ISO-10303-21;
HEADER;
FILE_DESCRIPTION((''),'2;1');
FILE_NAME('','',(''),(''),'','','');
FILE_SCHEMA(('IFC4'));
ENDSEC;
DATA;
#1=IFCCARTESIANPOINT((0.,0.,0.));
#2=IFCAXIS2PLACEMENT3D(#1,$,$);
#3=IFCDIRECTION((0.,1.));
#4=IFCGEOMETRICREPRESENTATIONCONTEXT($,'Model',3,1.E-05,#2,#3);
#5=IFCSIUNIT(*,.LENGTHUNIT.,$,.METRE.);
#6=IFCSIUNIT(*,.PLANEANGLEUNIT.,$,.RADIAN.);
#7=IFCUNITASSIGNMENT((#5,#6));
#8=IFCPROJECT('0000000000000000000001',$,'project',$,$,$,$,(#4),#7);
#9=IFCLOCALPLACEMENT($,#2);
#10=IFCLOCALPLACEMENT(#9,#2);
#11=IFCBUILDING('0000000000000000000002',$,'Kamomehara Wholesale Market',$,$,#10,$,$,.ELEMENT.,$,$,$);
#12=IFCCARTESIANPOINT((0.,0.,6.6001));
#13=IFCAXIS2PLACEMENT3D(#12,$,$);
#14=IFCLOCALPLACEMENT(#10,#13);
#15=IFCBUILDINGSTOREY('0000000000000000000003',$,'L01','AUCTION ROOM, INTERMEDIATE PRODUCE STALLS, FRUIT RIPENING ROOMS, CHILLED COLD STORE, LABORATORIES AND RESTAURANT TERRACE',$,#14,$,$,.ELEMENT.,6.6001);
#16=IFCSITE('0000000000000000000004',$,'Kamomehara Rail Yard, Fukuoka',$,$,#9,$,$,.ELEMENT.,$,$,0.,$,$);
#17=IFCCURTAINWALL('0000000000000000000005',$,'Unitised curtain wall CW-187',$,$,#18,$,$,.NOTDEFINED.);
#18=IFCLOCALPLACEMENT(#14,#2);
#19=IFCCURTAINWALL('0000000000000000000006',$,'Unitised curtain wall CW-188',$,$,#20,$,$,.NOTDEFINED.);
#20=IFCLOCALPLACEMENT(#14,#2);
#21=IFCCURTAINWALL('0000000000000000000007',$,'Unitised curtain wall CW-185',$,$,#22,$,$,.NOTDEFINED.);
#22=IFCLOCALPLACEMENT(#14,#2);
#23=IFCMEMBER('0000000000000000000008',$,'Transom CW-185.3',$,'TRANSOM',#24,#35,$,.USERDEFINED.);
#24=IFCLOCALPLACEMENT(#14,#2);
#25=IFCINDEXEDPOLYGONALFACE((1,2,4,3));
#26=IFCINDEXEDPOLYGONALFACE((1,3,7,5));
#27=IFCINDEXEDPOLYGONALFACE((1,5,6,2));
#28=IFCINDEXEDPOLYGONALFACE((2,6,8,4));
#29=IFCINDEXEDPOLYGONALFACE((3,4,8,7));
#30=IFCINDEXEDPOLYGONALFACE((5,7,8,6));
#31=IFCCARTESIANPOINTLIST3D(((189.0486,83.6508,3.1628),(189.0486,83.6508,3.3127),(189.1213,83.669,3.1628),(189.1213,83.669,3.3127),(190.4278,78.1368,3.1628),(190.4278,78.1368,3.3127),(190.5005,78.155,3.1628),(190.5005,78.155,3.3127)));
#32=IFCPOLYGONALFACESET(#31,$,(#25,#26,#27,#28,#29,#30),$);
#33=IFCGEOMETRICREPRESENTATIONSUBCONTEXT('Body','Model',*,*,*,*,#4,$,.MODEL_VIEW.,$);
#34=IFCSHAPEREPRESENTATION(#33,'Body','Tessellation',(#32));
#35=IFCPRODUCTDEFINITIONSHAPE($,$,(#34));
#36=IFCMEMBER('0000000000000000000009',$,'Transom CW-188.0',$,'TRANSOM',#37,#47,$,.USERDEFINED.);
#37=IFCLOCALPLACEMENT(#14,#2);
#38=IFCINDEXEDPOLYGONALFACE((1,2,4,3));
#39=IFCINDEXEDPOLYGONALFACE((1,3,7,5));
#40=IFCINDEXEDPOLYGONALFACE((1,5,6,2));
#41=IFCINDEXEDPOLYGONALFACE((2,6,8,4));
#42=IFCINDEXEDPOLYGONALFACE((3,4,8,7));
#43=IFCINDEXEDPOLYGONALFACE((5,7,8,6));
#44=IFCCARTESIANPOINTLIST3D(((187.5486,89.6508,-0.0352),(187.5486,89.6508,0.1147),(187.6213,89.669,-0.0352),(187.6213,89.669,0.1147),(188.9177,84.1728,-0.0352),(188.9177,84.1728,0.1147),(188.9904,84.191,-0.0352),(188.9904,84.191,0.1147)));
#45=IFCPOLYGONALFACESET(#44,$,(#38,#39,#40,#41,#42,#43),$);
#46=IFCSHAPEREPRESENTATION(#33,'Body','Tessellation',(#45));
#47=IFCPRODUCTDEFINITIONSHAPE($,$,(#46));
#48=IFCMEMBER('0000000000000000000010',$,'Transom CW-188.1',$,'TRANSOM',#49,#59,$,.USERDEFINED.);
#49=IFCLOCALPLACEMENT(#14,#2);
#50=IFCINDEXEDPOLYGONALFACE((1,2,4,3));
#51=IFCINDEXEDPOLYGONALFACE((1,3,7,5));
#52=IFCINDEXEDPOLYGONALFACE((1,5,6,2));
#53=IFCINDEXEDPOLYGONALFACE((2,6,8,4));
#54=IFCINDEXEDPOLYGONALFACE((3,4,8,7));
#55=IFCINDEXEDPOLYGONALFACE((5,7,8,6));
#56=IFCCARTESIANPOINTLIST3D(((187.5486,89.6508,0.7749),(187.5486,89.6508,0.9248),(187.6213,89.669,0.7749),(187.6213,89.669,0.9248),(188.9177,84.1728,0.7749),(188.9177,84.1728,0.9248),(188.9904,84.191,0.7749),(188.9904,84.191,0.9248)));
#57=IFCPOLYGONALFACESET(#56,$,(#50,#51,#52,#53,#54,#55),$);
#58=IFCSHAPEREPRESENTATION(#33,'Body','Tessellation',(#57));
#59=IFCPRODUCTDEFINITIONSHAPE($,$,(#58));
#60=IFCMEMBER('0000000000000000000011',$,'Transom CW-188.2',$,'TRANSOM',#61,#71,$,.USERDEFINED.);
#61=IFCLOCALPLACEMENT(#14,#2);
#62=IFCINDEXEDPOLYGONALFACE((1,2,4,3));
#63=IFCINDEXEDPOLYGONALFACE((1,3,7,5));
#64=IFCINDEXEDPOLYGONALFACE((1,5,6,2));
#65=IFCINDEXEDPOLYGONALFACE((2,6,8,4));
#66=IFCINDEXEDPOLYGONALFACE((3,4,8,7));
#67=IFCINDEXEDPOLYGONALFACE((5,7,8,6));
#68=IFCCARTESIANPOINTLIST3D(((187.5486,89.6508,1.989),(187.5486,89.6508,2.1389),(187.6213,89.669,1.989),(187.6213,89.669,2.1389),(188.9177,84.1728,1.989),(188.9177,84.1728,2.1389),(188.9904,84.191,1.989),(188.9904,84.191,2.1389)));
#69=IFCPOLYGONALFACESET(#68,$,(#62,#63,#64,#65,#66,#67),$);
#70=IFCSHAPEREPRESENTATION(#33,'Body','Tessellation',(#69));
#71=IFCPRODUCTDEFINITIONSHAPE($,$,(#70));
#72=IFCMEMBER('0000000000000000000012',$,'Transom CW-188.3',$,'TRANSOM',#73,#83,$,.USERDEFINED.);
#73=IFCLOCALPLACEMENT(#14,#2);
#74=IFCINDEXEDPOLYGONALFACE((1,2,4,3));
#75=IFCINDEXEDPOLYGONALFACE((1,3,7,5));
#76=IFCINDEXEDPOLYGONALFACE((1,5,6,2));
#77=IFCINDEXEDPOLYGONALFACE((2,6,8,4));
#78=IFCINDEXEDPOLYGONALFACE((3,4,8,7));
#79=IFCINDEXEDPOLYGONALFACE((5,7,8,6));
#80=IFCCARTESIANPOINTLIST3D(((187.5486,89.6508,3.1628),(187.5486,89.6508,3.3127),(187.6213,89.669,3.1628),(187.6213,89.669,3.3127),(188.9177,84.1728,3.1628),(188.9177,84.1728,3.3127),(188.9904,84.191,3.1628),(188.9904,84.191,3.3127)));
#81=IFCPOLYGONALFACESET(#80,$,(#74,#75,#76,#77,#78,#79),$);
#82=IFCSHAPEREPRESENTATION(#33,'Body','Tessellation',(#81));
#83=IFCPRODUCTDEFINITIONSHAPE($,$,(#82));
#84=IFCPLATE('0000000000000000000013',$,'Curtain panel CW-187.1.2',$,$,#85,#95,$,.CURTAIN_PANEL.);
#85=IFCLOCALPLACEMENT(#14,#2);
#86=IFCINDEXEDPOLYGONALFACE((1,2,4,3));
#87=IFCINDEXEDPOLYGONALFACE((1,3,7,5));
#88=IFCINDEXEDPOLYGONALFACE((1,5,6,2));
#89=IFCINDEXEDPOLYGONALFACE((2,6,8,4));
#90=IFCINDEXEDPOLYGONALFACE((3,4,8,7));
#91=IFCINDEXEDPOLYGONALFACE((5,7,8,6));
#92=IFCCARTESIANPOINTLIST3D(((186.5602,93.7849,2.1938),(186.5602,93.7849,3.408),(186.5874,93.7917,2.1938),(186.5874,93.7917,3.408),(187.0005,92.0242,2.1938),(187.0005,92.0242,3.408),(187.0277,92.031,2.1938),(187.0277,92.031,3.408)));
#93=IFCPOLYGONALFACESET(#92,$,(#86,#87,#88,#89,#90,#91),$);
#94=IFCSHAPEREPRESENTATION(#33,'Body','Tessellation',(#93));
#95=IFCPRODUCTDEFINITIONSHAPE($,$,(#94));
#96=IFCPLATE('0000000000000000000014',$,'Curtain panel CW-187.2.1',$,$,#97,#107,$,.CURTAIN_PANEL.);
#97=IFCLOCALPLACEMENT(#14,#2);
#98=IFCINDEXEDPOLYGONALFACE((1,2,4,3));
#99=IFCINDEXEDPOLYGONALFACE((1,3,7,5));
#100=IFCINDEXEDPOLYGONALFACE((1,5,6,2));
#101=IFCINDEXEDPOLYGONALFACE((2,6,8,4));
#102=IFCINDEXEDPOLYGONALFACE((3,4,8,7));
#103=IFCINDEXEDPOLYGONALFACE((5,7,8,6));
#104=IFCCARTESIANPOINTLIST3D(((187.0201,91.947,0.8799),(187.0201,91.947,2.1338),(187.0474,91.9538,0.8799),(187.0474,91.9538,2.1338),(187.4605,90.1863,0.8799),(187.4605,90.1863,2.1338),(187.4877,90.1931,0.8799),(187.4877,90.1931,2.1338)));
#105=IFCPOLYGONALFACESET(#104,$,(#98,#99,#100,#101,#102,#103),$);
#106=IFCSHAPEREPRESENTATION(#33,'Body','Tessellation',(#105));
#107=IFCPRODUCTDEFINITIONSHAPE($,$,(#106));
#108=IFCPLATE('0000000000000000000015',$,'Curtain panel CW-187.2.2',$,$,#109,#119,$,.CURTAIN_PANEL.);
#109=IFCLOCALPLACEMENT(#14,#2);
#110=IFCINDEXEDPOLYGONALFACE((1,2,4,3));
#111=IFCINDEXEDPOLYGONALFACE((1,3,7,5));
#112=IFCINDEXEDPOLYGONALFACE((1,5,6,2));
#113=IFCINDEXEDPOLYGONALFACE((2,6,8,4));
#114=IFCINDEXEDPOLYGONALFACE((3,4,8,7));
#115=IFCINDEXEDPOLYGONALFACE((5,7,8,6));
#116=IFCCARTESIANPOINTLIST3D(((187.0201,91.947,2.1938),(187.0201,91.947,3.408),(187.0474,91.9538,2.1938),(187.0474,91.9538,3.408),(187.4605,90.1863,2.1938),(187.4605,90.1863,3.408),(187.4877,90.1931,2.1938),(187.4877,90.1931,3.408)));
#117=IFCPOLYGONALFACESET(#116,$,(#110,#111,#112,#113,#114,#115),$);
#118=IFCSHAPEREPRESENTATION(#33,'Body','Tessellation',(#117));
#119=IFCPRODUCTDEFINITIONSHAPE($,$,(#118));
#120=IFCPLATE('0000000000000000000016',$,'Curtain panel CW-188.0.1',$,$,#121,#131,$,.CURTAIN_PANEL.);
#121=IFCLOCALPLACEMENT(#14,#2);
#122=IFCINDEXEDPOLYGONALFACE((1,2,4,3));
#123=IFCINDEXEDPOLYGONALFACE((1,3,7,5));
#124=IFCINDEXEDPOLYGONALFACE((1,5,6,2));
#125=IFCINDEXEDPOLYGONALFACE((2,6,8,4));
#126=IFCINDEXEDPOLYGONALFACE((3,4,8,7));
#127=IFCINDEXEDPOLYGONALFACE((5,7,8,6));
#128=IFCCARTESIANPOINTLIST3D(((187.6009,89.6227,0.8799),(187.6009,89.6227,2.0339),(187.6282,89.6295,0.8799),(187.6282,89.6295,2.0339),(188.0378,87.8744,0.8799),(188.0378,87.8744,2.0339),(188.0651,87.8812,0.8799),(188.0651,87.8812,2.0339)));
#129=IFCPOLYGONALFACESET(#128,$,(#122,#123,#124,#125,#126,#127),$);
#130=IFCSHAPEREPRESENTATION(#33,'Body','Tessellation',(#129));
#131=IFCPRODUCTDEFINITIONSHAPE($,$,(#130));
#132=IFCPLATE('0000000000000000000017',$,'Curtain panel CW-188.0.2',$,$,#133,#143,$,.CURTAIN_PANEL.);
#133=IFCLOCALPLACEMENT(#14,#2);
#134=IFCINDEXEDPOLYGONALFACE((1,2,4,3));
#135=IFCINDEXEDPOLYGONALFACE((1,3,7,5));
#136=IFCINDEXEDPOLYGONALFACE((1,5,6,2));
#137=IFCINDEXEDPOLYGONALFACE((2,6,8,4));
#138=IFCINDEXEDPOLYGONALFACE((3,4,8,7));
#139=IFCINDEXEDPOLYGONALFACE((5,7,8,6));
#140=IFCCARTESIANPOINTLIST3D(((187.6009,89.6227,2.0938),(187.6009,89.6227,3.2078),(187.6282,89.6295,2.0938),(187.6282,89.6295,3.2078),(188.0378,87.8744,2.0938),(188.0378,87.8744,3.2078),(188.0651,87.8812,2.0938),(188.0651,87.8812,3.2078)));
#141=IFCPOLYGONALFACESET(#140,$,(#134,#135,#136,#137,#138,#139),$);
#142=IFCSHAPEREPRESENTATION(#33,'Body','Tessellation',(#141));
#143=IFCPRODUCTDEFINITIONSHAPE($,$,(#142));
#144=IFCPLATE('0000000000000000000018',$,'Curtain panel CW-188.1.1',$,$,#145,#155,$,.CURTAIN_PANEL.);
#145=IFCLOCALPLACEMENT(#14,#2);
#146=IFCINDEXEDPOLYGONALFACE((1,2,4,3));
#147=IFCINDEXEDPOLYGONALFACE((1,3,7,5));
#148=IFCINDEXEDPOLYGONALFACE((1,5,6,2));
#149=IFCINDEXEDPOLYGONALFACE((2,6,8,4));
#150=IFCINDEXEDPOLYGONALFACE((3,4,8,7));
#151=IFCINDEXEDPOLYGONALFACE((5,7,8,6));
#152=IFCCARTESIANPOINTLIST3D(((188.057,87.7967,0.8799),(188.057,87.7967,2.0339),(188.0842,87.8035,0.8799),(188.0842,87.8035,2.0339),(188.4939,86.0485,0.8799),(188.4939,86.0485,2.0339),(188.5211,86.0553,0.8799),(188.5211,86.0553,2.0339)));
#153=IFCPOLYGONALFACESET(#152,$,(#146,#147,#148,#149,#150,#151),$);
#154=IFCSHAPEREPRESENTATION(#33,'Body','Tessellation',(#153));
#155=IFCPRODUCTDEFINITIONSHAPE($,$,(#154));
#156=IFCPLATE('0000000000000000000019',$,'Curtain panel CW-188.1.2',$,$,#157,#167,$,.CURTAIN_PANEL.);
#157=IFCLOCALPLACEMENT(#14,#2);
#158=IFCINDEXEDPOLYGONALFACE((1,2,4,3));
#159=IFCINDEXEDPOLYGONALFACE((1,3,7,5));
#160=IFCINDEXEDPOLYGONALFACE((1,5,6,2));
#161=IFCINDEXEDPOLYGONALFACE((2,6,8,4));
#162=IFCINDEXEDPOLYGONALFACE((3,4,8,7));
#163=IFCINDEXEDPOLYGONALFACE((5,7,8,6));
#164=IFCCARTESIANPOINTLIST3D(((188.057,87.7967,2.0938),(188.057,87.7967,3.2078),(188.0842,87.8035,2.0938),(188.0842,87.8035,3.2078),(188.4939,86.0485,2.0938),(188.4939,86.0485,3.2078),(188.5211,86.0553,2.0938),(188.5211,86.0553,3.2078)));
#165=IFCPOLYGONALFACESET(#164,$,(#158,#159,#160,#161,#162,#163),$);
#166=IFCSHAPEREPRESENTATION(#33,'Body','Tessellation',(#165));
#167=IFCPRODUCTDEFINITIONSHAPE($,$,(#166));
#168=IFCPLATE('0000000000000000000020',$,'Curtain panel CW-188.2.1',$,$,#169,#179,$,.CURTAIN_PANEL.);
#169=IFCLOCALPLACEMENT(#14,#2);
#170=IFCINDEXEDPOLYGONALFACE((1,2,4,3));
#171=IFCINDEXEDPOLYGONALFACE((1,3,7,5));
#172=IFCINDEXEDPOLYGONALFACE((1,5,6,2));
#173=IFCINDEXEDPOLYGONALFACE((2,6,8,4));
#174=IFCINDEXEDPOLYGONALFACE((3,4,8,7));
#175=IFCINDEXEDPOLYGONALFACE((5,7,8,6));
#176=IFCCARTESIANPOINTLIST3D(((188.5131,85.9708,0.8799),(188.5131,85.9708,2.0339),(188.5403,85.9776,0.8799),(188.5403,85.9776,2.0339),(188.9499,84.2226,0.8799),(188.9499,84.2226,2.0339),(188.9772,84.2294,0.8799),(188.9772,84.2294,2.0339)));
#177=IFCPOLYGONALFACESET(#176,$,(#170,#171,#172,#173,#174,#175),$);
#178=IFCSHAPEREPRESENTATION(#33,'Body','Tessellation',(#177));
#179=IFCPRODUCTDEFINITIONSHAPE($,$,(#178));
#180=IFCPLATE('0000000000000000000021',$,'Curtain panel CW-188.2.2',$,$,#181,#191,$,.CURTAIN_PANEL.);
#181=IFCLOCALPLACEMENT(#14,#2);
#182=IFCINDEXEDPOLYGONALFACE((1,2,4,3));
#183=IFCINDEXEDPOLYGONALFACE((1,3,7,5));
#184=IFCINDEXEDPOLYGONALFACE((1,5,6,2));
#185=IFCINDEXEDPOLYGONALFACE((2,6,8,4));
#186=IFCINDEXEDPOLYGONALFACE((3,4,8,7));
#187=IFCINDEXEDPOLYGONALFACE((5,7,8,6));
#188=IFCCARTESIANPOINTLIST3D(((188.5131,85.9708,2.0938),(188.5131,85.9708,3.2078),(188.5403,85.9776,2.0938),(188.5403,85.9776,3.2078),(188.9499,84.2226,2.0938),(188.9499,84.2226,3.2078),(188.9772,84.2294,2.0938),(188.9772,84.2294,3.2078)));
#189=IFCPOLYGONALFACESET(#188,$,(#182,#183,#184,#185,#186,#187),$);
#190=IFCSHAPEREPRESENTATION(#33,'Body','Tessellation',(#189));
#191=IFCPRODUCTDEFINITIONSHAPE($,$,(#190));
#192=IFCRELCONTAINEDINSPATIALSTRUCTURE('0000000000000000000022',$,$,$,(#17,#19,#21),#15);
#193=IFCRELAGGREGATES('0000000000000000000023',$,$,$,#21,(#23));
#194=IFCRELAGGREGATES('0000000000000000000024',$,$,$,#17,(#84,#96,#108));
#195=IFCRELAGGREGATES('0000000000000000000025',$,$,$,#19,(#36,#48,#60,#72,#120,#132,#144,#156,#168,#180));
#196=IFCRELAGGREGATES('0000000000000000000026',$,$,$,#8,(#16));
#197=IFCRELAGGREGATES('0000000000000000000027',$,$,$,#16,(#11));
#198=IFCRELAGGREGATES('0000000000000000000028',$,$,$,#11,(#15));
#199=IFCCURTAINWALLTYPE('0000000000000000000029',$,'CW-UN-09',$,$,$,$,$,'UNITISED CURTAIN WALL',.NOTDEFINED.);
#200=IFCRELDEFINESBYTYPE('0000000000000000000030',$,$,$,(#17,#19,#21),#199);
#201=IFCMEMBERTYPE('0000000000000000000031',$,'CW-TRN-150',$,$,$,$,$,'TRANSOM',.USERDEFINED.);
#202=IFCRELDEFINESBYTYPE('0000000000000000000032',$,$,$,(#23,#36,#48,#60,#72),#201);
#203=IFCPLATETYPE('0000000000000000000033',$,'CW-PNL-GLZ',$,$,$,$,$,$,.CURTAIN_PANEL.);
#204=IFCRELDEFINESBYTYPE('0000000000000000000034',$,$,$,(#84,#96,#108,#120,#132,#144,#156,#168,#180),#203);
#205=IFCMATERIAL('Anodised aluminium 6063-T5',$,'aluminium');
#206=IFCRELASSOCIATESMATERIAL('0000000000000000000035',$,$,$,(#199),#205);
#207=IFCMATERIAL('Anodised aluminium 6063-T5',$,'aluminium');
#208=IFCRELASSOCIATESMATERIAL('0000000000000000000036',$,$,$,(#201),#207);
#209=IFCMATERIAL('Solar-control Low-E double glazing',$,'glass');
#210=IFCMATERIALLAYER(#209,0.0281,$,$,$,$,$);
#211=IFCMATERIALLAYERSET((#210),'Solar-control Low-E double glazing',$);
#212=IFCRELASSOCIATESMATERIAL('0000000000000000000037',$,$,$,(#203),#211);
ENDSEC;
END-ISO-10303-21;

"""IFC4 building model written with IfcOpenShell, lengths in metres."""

from ifc_helpers import new_model, si_unit, direction, frame, origin, origin_2d, place, context, subcontext, project, spatial, rectangle, extrude, material, layer, layer_set, material_profile, profile_set, type_object, element, aggregate, save


model = new_model("IFC4")

# Units and contexts
model_context = context("Model", 3, precision=1e-05, world=origin(), true_north=direction((0.0, 1.0)))
body_context = subcontext(model_context, "Body", "Model", "MODEL_VIEW")
ifc_project = project(units=[si_unit("LENGTHUNIT", "METRE"), si_unit("PLANEANGLEUNIT", "RADIAN")], contexts=[model_context])

# Site, building, storey
site_placement = place(None, origin())
site = spatial("IfcSite", under=ifc_project, at=site_placement, Name="Kamomehara Rail Yard, Fukuoka", CompositionType="ELEMENT", RefElevation=0.0)
building_placement = place(site_placement, origin())
building = spatial("IfcBuilding", under=site, at=building_placement, Name="Kamomehara Wholesale Market", CompositionType="ELEMENT")
storey_placement = place(building_placement, frame((0.0, 0.0, 6.6001)))
storey = spatial("IfcBuildingStorey", under=building, at=storey_placement, Name="L01", Description="AUCTION ROOM, INTERMEDIATE PRODUCE STALLS, FRUIT RIPENING ROOMS, CHILLED COLD STORE, LABORATORIES AND RESTAURANT TERRACE", CompositionType="ELEMENT", Elevation=6.6001)

# Curtain walls
ifc_material_1 = material(Name="Anodised aluminium 6063-T5", Category="aluminium")
curtain_wall_type = type_object("IfcCurtainWallType", Name="CW-UN-09", ElementType="UNITISED CURTAIN WALL", PredefinedType="NOTDEFINED", material=ifc_material_1)
curtain_wall_1_placement = place(storey_placement, origin())
curtain_wall_1 = element("IfcCurtainWall", 1, at=curtain_wall_1_placement, inside=storey, type_object=curtain_wall_type, Name="Unitised curtain wall CW-187", PredefinedType="NOTDEFINED")
curtain_wall_2_placement = place(storey_placement, origin())
curtain_wall_2 = element("IfcCurtainWall", 2, at=curtain_wall_2_placement, inside=storey, type_object=curtain_wall_type, Name="Unitised curtain wall CW-188", PredefinedType="NOTDEFINED")

# Curtain wall, member
curtain_wall_3_placement = place(storey_placement, origin())
curtain_wall_3 = element("IfcCurtainWall", 3, at=curtain_wall_3_placement, inside=storey, type_object=curtain_wall_type, Name="Unitised curtain wall CW-185", PredefinedType="NOTDEFINED")
ifc_material_2 = material(Name="Anodised aluminium 6063-T5", Category="aluminium")
ifc_material_profile_1 = material_profile(ifc_material_2, rectangle(XDim=0.075, YDim=0.1499, at=origin_2d()), Name="ALU-TRN-75x150")
ifc_profile_set_1 = profile_set([ifc_material_profile_1], Name="Anodised aluminium 6063-T5")
member_type_1 = type_object("IfcMemberType", Name="CW-TRN-150", ElementType="TRANSOM", PredefinedType="USERDEFINED", material=ifc_profile_set_1)
member_1_placement = place(storey_placement, frame((189.085, 83.6599, 3.2378), z_axis=(0.242647, -0.970115, 0.0), x_axis=(0.970115, 0.242647, 0.0)))
member_1 = element("IfcMember", 4, at=member_1_placement, type_object=member_type_1, Name="Transom CW-185.3", ObjectType="TRANSOM", PredefinedType="USERDEFINED", context=body_context, shape_type="SweptSolid", body=[
    extrude(rectangle(XDim=0.075, YDim=0.1499, at=origin_2d()), origin(), (0.0, 0.0, 1.0), 5.6838),
])
aggregate(curtain_wall_3, [member_1])

# Members
member_2_placement = place(storey_placement, frame((187.585, 89.6599, 0.0398), z_axis=(0.242475, -0.970158, 0.0), x_axis=(0.970158, 0.242475, 0.0)))
member_2 = element("IfcMember", 5, at=member_2_placement, type_object=member_type_1, Name="Transom CW-188.0", ObjectType="TRANSOM", PredefinedType="USERDEFINED", context=body_context, shape_type="SweptSolid", body=[
    extrude(rectangle(XDim=0.075, YDim=0.1499, at=origin_2d()), origin(), (0.0, 0.0, 1.0), 5.6465),
])
member_3_placement = place(storey_placement, frame((187.585, 89.6599, 0.8499), z_axis=(0.242475, -0.970158, 0.0), x_axis=(0.970158, 0.242475, 0.0)))
member_3 = element("IfcMember", 6, at=member_3_placement, type_object=member_type_1, Name="Transom CW-188.1", ObjectType="TRANSOM", PredefinedType="USERDEFINED", context=body_context, shape_type="SweptSolid", body=[
    extrude(rectangle(XDim=0.075, YDim=0.1499, at=origin_2d()), origin(), (0.0, 0.0, 1.0), 5.6465),
])
member_4_placement = place(storey_placement, frame((187.585, 89.6599, 2.064), z_axis=(0.242475, -0.970158, 0.0), x_axis=(0.970158, 0.242475, 0.0)))
member_4 = element("IfcMember", 7, at=member_4_placement, type_object=member_type_1, Name="Transom CW-188.2", ObjectType="TRANSOM", PredefinedType="USERDEFINED", context=body_context, shape_type="SweptSolid", body=[
    extrude(rectangle(XDim=0.075, YDim=0.1499, at=origin_2d()), origin(), (0.0, 0.0, 1.0), 5.6465),
])
member_5_placement = place(storey_placement, frame((187.585, 89.6599, 3.2378), z_axis=(0.242475, -0.970158, 0.0), x_axis=(0.970158, 0.242475, 0.0)))
member_5 = element("IfcMember", 8, at=member_5_placement, type_object=member_type_1, Name="Transom CW-188.3", ObjectType="TRANSOM", PredefinedType="USERDEFINED", context=body_context, shape_type="SweptSolid", body=[
    extrude(rectangle(XDim=0.075, YDim=0.1499, at=origin_2d()), origin(), (0.0, 0.0, 1.0), 5.6465),
])

# Plates
ifc_material_3 = material(Name="Solar-control Low-E double glazing", Category="glass")
ifc_layer_1 = layer(ifc_material_3, 0.0281)
ifc_layer_set_1 = layer_set([ifc_layer_1], Name="Solar-control Low-E double glazing")
plate_type_1 = type_object("IfcPlateType", Name="CW-PNL-GLZ", PredefinedType="CURTAIN_PANEL", material=ifc_layer_set_1)
plate_1_placement = place(storey_placement, frame((186.7939, 92.908, 2.1938), z_axis=(0.0, 0.0, 1.0), x_axis=(0.242616, -0.970122, 0.0)))
plate_1 = element("IfcPlate", 9, at=plate_1_placement, type_object=plate_type_1, Name="Curtain panel CW-187.1.2", PredefinedType="CURTAIN_PANEL", context=body_context, shape_type="SweptSolid", body=[
    extrude(rectangle(XDim=1.8149, YDim=0.0281, at=origin_2d()), origin(), (0.0, 0.0, 1.0), 1.2141),
])
plate_2_placement = place(storey_placement, frame((187.2539, 91.0701, 0.8799), z_axis=(0.0, 0.0, 1.0), x_axis=(0.242616, -0.970122, 0.0)))
plate_2 = element("IfcPlate", 10, at=plate_2_placement, type_object=plate_type_1, Name="Curtain panel CW-187.2.1", PredefinedType="CURTAIN_PANEL", context=body_context, shape_type="SweptSolid", body=[
    extrude(rectangle(XDim=1.8149, YDim=0.0281, at=origin_2d()), origin(), (0.0, 0.0, 1.0), 1.2539),
])
plate_3_placement = place(storey_placement, frame((187.2539, 91.0701, 2.1938), z_axis=(0.0, 0.0, 1.0), x_axis=(0.242616, -0.970122, 0.0)))
plate_3 = element("IfcPlate", 11, at=plate_3_placement, type_object=plate_type_1, Name="Curtain panel CW-187.2.2", PredefinedType="CURTAIN_PANEL", context=body_context, shape_type="SweptSolid", body=[
    extrude(rectangle(XDim=1.8149, YDim=0.0281, at=origin_2d()), origin(), (0.0, 0.0, 1.0), 1.2141),
])
plate_4_placement = place(storey_placement, frame((187.833, 88.752, 0.8799), z_axis=(0.0, 0.0, 1.0), x_axis=(0.242447, -0.970165, 0.0)))
plate_4 = element("IfcPlate", 12, at=plate_4_placement, type_object=plate_type_1, Name="Curtain panel CW-188.0.1", PredefinedType="CURTAIN_PANEL", context=body_context, shape_type="SweptSolid", body=[
    extrude(rectangle(XDim=1.802, YDim=0.0281, at=origin_2d()), origin(), (0.0, 0.0, 1.0), 1.1541),
])
plate_5_placement = place(storey_placement, frame((187.833, 88.752, 2.0938), z_axis=(0.0, 0.0, 1.0), x_axis=(0.242447, -0.970165, 0.0)))
plate_5 = element("IfcPlate", 13, at=plate_5_placement, type_object=plate_type_1, Name="Curtain panel CW-188.0.2", PredefinedType="CURTAIN_PANEL", context=body_context, shape_type="SweptSolid", body=[
    extrude(rectangle(XDim=1.802, YDim=0.0281, at=origin_2d()), origin(), (0.0, 0.0, 1.0), 1.114),
])
plate_6_placement = place(storey_placement, frame((188.2891, 86.926, 0.8799), z_axis=(0.0, 0.0, 1.0), x_axis=(0.242447, -0.970165, 0.0)))
plate_6 = element("IfcPlate", 14, at=plate_6_placement, type_object=plate_type_1, Name="Curtain panel CW-188.1.1", PredefinedType="CURTAIN_PANEL", context=body_context, shape_type="SweptSolid", body=[
    extrude(rectangle(XDim=1.802, YDim=0.0281, at=origin_2d()), origin(), (0.0, 0.0, 1.0), 1.1541),
])
plate_7_placement = place(storey_placement, frame((188.2891, 86.926, 2.0938), z_axis=(0.0, 0.0, 1.0), x_axis=(0.242447, -0.970165, 0.0)))
plate_7 = element("IfcPlate", 15, at=plate_7_placement, type_object=plate_type_1, Name="Curtain panel CW-188.1.2", PredefinedType="CURTAIN_PANEL", context=body_context, shape_type="SweptSolid", body=[
    extrude(rectangle(XDim=1.802, YDim=0.0281, at=origin_2d()), origin(), (0.0, 0.0, 1.0), 1.114),
])
plate_8_placement = place(storey_placement, frame((188.7451, 85.1001, 0.8799), z_axis=(0.0, 0.0, 1.0), x_axis=(0.242447, -0.970165, 0.0)))
plate_8 = element("IfcPlate", 16, at=plate_8_placement, type_object=plate_type_1, Name="Curtain panel CW-188.2.1", PredefinedType="CURTAIN_PANEL", context=body_context, shape_type="SweptSolid", body=[
    extrude(rectangle(XDim=1.802, YDim=0.0281, at=origin_2d()), origin(), (0.0, 0.0, 1.0), 1.1541),
])
plate_9_placement = place(storey_placement, frame((188.7451, 85.1001, 2.0938), z_axis=(0.0, 0.0, 1.0), x_axis=(0.242447, -0.970165, 0.0)))
plate_9 = element("IfcPlate", 17, at=plate_9_placement, type_object=plate_type_1, Name="Curtain panel CW-188.2.2", PredefinedType="CURTAIN_PANEL", context=body_context, shape_type="SweptSolid", body=[
    extrude(rectangle(XDim=1.802, YDim=0.0281, at=origin_2d()), origin(), (0.0, 0.0, 1.0), 1.114),
])
aggregate(curtain_wall_1, [plate_1, plate_2, plate_3])
aggregate(curtain_wall_2, [member_2, member_3, member_4, member_5, plate_4, plate_5, plate_6, plate_7, plate_8, plate_9])

save(model, "model.ifc")
